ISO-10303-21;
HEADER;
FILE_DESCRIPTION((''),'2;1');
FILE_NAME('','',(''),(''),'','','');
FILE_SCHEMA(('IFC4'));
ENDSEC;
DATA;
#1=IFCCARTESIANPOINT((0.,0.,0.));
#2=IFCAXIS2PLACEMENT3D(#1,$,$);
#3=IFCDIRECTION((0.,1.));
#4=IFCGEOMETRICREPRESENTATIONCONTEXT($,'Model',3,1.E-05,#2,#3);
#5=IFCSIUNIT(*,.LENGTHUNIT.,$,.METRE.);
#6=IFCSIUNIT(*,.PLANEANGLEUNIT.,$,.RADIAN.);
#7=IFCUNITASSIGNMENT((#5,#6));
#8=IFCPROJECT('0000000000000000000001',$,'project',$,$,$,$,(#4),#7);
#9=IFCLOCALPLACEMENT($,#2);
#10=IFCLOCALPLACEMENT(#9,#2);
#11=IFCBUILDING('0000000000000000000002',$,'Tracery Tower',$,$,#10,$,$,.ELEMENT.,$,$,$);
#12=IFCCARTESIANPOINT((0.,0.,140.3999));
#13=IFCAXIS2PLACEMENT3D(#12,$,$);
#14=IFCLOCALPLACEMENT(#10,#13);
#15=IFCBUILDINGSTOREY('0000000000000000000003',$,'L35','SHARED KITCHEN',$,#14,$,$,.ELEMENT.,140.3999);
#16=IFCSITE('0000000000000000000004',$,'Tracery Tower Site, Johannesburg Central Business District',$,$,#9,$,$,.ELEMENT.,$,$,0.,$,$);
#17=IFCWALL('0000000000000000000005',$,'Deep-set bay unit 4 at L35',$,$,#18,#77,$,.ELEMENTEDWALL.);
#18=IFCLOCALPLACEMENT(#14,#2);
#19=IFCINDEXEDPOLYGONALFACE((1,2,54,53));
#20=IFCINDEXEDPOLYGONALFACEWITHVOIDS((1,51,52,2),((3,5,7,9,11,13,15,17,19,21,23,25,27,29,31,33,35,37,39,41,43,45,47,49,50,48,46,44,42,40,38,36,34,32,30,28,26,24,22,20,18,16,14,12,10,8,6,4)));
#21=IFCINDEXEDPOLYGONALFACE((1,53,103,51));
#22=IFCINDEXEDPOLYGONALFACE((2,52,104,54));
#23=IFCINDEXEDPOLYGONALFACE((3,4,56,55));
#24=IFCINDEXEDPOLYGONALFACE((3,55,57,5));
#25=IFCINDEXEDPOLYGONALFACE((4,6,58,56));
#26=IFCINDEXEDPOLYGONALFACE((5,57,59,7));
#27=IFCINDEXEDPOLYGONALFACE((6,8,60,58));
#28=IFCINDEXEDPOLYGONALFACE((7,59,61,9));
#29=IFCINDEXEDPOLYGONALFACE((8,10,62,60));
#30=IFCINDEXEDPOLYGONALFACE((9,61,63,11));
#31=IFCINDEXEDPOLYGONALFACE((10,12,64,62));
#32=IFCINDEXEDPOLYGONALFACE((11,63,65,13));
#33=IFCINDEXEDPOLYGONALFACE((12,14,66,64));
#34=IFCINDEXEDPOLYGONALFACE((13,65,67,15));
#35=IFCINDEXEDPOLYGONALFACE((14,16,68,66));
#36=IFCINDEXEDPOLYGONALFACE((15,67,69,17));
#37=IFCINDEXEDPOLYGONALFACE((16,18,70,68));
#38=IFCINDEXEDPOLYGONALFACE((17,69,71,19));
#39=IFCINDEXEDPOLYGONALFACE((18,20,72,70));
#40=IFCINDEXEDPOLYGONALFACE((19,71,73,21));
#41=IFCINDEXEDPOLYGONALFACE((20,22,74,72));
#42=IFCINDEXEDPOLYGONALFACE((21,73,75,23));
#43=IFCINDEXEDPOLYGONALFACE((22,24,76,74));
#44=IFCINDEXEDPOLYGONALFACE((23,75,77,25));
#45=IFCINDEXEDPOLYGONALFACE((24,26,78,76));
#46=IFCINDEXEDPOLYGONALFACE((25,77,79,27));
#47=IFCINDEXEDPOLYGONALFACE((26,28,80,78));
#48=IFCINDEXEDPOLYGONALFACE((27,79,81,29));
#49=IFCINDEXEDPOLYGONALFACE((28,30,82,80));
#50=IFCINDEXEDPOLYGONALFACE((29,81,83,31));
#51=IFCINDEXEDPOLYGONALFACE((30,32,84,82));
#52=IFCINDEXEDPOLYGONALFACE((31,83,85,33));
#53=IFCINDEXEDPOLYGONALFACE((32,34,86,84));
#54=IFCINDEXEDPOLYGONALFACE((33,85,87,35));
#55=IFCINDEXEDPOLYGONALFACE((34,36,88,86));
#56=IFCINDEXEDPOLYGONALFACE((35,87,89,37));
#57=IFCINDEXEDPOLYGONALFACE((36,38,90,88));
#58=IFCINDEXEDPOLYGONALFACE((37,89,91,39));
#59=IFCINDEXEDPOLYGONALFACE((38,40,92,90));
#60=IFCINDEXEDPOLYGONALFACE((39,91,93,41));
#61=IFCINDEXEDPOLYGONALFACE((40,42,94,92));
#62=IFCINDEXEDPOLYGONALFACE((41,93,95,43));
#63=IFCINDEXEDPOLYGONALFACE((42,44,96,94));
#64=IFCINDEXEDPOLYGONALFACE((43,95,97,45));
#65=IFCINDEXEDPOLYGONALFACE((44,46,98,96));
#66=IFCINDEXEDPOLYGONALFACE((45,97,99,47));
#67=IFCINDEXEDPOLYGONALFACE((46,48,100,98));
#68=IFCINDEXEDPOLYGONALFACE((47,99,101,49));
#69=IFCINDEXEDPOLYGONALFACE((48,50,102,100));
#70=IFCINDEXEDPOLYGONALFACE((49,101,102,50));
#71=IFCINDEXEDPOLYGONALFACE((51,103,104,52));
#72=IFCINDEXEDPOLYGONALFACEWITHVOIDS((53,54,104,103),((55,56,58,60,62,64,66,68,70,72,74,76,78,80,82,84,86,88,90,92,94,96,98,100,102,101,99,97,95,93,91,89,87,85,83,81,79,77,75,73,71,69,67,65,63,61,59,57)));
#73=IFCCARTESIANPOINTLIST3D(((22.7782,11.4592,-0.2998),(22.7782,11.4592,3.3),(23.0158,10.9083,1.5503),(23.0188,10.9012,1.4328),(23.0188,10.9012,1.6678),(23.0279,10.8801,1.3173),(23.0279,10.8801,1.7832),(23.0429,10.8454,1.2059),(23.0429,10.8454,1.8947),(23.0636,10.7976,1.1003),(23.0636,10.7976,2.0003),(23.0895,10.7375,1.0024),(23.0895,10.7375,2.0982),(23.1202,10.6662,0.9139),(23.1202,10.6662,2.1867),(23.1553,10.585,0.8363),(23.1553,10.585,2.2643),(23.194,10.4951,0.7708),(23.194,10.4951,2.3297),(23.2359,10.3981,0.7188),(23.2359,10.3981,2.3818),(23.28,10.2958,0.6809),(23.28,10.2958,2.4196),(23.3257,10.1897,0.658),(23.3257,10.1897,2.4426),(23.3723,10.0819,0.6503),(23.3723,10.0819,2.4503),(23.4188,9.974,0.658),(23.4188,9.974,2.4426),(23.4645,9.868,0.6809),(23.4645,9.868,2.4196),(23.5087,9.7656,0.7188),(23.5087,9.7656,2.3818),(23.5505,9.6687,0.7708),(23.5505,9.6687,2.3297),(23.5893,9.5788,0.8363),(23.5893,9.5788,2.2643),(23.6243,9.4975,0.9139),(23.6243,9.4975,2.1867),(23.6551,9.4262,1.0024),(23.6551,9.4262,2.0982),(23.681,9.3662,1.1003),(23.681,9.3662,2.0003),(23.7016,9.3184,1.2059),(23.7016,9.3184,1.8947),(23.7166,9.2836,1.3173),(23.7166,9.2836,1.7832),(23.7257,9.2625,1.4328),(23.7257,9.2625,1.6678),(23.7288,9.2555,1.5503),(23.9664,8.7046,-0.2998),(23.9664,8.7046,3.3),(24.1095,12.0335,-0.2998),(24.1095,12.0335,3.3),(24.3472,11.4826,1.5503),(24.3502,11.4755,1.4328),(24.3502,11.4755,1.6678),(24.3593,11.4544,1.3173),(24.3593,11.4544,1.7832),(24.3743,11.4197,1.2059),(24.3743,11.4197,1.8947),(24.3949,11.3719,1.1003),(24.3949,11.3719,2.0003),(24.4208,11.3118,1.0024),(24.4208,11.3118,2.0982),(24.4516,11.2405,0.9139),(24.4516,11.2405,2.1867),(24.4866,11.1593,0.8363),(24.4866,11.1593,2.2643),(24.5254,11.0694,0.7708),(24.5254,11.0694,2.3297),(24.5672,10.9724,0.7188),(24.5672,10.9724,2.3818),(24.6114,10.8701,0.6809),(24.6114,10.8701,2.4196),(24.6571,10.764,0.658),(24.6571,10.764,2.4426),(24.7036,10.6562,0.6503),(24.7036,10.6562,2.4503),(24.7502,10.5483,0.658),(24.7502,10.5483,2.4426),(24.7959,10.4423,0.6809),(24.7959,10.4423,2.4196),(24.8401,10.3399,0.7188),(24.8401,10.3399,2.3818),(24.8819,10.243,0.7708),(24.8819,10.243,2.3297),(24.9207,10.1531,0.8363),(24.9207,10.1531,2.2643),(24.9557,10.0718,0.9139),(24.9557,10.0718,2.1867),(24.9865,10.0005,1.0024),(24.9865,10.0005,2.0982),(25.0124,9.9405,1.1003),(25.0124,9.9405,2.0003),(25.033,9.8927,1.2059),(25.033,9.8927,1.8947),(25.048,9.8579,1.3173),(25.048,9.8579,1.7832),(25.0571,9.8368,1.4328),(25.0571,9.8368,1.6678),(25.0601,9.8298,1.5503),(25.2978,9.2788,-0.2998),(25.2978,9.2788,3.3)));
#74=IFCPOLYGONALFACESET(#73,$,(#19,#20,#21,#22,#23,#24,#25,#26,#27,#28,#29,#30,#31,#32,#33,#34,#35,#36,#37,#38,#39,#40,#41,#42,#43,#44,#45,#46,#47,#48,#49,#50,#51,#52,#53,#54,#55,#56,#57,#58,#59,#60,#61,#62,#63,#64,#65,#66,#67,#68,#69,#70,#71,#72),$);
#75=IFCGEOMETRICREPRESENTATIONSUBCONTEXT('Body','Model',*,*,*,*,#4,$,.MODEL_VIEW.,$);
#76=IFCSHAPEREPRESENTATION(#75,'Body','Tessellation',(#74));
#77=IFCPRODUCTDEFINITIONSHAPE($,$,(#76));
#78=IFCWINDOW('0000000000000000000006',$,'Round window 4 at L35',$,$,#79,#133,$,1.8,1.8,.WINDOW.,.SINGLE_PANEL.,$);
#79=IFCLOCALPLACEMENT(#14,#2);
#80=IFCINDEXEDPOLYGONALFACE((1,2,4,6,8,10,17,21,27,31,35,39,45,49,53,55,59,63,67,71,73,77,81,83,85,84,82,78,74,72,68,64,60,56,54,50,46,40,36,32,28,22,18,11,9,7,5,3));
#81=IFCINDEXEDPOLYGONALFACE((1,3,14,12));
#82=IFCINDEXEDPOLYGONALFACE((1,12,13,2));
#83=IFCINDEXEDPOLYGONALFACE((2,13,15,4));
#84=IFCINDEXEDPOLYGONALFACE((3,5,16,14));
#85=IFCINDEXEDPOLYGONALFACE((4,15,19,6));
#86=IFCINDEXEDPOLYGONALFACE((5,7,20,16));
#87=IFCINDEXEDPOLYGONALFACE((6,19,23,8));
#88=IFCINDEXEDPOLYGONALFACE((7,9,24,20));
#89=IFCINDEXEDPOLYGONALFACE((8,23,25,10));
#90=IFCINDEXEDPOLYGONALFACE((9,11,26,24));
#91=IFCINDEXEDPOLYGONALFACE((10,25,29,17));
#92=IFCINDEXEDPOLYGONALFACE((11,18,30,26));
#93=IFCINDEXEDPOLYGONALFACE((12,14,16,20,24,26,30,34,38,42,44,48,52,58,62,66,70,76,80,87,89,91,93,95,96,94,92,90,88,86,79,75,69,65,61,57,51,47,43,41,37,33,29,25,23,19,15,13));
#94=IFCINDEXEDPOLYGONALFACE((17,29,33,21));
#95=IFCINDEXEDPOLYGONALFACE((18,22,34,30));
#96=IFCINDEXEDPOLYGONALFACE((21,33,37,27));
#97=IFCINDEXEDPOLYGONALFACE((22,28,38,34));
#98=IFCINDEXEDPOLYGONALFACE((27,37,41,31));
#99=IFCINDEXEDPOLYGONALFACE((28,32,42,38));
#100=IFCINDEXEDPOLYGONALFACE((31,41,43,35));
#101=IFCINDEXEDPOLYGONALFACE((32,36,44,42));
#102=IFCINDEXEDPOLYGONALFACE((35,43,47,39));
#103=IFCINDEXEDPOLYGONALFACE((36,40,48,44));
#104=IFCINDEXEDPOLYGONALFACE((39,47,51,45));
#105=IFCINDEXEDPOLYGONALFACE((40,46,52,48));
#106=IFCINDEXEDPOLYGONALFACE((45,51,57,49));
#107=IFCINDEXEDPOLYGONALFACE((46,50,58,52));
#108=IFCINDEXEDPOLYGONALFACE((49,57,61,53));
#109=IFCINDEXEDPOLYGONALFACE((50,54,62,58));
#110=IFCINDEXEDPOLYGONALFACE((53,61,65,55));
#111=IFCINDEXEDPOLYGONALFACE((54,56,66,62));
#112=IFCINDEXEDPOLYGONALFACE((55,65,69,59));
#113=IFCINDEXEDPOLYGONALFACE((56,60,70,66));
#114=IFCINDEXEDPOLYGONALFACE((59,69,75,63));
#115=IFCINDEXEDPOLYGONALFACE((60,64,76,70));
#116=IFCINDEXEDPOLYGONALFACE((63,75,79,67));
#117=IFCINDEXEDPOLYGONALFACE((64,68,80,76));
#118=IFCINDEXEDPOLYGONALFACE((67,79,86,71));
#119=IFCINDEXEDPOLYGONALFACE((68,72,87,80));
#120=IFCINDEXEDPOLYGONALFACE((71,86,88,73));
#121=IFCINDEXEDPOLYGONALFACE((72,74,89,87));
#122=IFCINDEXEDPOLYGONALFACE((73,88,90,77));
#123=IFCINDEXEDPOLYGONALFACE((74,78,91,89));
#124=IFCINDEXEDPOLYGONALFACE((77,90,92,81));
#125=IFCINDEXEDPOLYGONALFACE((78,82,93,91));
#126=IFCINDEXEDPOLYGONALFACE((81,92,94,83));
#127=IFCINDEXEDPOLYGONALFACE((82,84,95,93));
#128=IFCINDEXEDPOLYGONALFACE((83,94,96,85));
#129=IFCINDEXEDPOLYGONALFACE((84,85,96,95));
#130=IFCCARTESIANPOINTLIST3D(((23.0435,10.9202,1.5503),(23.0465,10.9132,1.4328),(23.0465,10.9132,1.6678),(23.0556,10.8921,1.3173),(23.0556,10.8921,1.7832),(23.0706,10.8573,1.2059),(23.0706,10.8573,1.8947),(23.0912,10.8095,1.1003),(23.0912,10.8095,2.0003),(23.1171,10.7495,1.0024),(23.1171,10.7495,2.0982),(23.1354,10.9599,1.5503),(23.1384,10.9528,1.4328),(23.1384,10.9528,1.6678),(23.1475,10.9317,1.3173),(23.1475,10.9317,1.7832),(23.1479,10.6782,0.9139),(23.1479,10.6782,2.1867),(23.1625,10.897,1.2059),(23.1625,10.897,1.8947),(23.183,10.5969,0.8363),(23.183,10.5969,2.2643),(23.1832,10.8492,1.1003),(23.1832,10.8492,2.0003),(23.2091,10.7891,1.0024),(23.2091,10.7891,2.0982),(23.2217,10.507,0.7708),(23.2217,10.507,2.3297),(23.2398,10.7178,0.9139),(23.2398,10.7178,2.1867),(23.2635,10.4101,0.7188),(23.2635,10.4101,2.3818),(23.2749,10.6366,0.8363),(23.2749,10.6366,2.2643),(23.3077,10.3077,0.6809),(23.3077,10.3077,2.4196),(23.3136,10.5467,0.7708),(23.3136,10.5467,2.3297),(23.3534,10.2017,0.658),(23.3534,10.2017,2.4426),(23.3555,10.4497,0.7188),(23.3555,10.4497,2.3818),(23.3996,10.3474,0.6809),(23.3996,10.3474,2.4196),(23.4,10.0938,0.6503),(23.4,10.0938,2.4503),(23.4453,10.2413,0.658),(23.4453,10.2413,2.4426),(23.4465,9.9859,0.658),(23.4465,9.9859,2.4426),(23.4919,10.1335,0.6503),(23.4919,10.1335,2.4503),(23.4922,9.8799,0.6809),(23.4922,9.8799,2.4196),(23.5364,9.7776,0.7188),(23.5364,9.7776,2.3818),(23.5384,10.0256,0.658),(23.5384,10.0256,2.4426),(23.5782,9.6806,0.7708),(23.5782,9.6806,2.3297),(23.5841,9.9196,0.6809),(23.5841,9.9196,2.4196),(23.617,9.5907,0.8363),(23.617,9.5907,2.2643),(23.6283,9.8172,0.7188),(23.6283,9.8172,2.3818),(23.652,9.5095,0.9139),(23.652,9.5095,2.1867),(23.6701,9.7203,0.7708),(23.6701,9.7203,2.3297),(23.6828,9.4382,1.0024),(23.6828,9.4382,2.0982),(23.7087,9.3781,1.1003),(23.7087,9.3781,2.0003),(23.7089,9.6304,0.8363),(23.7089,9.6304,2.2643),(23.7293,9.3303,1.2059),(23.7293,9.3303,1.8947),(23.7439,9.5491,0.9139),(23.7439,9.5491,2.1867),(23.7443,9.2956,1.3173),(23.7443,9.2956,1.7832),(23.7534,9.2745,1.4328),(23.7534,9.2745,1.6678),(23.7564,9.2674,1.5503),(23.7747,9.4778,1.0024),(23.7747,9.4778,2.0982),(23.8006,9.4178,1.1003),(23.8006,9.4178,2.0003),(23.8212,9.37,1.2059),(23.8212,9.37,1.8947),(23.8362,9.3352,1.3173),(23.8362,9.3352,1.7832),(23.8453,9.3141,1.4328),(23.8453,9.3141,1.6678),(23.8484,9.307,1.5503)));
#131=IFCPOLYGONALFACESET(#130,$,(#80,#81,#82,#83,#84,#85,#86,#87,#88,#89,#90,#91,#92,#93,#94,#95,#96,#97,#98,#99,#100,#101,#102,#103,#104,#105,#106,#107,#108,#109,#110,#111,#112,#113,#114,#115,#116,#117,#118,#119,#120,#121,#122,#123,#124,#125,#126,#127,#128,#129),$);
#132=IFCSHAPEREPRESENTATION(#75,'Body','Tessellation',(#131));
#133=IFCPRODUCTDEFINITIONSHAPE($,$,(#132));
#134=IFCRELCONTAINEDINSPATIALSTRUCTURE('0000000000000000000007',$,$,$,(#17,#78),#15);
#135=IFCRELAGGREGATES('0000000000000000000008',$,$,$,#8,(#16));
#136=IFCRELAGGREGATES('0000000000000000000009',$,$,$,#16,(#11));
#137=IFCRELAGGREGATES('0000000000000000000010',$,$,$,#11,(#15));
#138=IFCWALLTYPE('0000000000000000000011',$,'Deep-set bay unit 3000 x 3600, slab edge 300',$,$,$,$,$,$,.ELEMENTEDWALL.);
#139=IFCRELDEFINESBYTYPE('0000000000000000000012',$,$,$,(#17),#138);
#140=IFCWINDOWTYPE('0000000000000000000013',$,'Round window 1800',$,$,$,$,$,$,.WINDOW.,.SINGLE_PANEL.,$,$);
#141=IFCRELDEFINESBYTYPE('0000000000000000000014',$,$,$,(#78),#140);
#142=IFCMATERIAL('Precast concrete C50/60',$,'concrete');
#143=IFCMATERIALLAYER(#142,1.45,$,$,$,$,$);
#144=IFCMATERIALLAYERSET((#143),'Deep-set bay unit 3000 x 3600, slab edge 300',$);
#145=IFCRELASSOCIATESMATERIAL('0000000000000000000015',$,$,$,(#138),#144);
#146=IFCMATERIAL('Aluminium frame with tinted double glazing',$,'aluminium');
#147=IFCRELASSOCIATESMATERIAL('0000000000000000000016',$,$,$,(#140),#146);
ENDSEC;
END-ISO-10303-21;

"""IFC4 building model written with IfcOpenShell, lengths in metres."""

from ifc_helpers import new_model, si_unit, direction, frame, frame_2d, origin, origin_2d, place, context, subcontext, project, spatial, rectangle, circle, extrude, material, layer, layer_set, type_object, element, fill, save


model = new_model("IFC4")

# Units and contexts
model_context = context("Model", 3, precision=1e-05, world=origin(), true_north=direction((0.0, 1.0)))
body_context = subcontext(model_context, "Body", "Model", "MODEL_VIEW")
ifc_project = project(units=[si_unit("LENGTHUNIT", "METRE"), si_unit("PLANEANGLEUNIT", "RADIAN")], contexts=[model_context])

# Site, building, storey
site_placement = place(None, origin())
site = spatial("IfcSite", under=ifc_project, at=site_placement, Name="Tracery Tower Site, Johannesburg Central Business District", CompositionType="ELEMENT", RefElevation=0.0)
building_placement = place(site_placement, origin())
building = spatial("IfcBuilding", under=site, at=building_placement, Name="Tracery Tower", CompositionType="ELEMENT")
storey_placement = place(building_placement, frame((0.0, 0.0, 140.3999)))
storey = spatial("IfcBuildingStorey", under=building, at=storey_placement, Name="L35", Description="SHARED KITCHEN", CompositionType="ELEMENT", Elevation=140.3999)

# Wall, opening, window
ifc_material_1 = material(Name="Precast concrete C50/60", Category="concrete")
ifc_layer_1 = layer(ifc_material_1, 1.45)
ifc_layer_set_1 = layer_set([ifc_layer_1], Name="Deep-set bay unit 3000 x 3600, slab edge 300")
wall_type_1 = type_object("IfcWallType", Name="Deep-set bay unit 3000 x 3600, slab edge 300", PredefinedType="ELEMENTEDWALL", material=ifc_layer_set_1)
ifc_material_2 = material(Name="Aluminium frame with tinted double glazing", Category="aluminium")
window_type = type_object("IfcWindowType", Name="Round window 1800", PartitioningType="SINGLE_PANEL", PredefinedType="WINDOW", material=ifc_material_2)
wall_1_placement = place(storey_placement, frame((24.6321, 8.9917, -0.2998), z_axis=(0.0, 0.0, 1.0), x_axis=(-0.396079, 0.918216, 0.0)))
wall_1 = element("IfcWall", 1, at=wall_1_placement, inside=storey, type_object=wall_type_1, Name="Deep-set bay unit 4 at L35", PredefinedType="ELEMENTEDWALL", context=body_context, shape_type="SweptSolid", body=[
    extrude(rectangle(XDim=3.0, YDim=1.45, at=frame_2d((1.5, 0.0))), origin(), (0.0, 0.0, 1.0), 3.5999),
])
opening_1_placement = place(wall_1_placement, frame((1.5, 0.0, 1.8501)))
opening_1 = element("IfcOpeningElement", 2, at=opening_1_placement, cuts=wall_1, PredefinedType="OPENING", context=body_context, shape_type="SweptSolid", body=[
    extrude(circle(Radius=0.9, at=origin_2d()), frame((0.0, 0.7349, 0.0), z_axis=(0.0, -1.0, 0.0), x_axis=(1.0, 0.0, 0.0)), (0.0, 0.0, 1.0), 1.47),
])
window_1_placement = place(opening_1_placement, origin())
window_1 = element("IfcWindow", 3, at=window_1_placement, inside=storey, type_object=window_type, Name="Round window 4 at L35", OverallHeight=1.8, OverallWidth=1.8, PartitioningType="SINGLE_PANEL", PredefinedType="WINDOW", context=body_context, shape_type="SweptSolid", body=[
    extrude(circle(Radius=0.9, at=origin_2d()), frame((0.0, 0.6948, 0.0), z_axis=(0.0, -1.0, 0.0), x_axis=(1.0, 0.0, 0.0)), (0.0, 0.0, 1.0), 0.1001),
])
fill(opening_1, window_1)

save(model, "model.ifc")
